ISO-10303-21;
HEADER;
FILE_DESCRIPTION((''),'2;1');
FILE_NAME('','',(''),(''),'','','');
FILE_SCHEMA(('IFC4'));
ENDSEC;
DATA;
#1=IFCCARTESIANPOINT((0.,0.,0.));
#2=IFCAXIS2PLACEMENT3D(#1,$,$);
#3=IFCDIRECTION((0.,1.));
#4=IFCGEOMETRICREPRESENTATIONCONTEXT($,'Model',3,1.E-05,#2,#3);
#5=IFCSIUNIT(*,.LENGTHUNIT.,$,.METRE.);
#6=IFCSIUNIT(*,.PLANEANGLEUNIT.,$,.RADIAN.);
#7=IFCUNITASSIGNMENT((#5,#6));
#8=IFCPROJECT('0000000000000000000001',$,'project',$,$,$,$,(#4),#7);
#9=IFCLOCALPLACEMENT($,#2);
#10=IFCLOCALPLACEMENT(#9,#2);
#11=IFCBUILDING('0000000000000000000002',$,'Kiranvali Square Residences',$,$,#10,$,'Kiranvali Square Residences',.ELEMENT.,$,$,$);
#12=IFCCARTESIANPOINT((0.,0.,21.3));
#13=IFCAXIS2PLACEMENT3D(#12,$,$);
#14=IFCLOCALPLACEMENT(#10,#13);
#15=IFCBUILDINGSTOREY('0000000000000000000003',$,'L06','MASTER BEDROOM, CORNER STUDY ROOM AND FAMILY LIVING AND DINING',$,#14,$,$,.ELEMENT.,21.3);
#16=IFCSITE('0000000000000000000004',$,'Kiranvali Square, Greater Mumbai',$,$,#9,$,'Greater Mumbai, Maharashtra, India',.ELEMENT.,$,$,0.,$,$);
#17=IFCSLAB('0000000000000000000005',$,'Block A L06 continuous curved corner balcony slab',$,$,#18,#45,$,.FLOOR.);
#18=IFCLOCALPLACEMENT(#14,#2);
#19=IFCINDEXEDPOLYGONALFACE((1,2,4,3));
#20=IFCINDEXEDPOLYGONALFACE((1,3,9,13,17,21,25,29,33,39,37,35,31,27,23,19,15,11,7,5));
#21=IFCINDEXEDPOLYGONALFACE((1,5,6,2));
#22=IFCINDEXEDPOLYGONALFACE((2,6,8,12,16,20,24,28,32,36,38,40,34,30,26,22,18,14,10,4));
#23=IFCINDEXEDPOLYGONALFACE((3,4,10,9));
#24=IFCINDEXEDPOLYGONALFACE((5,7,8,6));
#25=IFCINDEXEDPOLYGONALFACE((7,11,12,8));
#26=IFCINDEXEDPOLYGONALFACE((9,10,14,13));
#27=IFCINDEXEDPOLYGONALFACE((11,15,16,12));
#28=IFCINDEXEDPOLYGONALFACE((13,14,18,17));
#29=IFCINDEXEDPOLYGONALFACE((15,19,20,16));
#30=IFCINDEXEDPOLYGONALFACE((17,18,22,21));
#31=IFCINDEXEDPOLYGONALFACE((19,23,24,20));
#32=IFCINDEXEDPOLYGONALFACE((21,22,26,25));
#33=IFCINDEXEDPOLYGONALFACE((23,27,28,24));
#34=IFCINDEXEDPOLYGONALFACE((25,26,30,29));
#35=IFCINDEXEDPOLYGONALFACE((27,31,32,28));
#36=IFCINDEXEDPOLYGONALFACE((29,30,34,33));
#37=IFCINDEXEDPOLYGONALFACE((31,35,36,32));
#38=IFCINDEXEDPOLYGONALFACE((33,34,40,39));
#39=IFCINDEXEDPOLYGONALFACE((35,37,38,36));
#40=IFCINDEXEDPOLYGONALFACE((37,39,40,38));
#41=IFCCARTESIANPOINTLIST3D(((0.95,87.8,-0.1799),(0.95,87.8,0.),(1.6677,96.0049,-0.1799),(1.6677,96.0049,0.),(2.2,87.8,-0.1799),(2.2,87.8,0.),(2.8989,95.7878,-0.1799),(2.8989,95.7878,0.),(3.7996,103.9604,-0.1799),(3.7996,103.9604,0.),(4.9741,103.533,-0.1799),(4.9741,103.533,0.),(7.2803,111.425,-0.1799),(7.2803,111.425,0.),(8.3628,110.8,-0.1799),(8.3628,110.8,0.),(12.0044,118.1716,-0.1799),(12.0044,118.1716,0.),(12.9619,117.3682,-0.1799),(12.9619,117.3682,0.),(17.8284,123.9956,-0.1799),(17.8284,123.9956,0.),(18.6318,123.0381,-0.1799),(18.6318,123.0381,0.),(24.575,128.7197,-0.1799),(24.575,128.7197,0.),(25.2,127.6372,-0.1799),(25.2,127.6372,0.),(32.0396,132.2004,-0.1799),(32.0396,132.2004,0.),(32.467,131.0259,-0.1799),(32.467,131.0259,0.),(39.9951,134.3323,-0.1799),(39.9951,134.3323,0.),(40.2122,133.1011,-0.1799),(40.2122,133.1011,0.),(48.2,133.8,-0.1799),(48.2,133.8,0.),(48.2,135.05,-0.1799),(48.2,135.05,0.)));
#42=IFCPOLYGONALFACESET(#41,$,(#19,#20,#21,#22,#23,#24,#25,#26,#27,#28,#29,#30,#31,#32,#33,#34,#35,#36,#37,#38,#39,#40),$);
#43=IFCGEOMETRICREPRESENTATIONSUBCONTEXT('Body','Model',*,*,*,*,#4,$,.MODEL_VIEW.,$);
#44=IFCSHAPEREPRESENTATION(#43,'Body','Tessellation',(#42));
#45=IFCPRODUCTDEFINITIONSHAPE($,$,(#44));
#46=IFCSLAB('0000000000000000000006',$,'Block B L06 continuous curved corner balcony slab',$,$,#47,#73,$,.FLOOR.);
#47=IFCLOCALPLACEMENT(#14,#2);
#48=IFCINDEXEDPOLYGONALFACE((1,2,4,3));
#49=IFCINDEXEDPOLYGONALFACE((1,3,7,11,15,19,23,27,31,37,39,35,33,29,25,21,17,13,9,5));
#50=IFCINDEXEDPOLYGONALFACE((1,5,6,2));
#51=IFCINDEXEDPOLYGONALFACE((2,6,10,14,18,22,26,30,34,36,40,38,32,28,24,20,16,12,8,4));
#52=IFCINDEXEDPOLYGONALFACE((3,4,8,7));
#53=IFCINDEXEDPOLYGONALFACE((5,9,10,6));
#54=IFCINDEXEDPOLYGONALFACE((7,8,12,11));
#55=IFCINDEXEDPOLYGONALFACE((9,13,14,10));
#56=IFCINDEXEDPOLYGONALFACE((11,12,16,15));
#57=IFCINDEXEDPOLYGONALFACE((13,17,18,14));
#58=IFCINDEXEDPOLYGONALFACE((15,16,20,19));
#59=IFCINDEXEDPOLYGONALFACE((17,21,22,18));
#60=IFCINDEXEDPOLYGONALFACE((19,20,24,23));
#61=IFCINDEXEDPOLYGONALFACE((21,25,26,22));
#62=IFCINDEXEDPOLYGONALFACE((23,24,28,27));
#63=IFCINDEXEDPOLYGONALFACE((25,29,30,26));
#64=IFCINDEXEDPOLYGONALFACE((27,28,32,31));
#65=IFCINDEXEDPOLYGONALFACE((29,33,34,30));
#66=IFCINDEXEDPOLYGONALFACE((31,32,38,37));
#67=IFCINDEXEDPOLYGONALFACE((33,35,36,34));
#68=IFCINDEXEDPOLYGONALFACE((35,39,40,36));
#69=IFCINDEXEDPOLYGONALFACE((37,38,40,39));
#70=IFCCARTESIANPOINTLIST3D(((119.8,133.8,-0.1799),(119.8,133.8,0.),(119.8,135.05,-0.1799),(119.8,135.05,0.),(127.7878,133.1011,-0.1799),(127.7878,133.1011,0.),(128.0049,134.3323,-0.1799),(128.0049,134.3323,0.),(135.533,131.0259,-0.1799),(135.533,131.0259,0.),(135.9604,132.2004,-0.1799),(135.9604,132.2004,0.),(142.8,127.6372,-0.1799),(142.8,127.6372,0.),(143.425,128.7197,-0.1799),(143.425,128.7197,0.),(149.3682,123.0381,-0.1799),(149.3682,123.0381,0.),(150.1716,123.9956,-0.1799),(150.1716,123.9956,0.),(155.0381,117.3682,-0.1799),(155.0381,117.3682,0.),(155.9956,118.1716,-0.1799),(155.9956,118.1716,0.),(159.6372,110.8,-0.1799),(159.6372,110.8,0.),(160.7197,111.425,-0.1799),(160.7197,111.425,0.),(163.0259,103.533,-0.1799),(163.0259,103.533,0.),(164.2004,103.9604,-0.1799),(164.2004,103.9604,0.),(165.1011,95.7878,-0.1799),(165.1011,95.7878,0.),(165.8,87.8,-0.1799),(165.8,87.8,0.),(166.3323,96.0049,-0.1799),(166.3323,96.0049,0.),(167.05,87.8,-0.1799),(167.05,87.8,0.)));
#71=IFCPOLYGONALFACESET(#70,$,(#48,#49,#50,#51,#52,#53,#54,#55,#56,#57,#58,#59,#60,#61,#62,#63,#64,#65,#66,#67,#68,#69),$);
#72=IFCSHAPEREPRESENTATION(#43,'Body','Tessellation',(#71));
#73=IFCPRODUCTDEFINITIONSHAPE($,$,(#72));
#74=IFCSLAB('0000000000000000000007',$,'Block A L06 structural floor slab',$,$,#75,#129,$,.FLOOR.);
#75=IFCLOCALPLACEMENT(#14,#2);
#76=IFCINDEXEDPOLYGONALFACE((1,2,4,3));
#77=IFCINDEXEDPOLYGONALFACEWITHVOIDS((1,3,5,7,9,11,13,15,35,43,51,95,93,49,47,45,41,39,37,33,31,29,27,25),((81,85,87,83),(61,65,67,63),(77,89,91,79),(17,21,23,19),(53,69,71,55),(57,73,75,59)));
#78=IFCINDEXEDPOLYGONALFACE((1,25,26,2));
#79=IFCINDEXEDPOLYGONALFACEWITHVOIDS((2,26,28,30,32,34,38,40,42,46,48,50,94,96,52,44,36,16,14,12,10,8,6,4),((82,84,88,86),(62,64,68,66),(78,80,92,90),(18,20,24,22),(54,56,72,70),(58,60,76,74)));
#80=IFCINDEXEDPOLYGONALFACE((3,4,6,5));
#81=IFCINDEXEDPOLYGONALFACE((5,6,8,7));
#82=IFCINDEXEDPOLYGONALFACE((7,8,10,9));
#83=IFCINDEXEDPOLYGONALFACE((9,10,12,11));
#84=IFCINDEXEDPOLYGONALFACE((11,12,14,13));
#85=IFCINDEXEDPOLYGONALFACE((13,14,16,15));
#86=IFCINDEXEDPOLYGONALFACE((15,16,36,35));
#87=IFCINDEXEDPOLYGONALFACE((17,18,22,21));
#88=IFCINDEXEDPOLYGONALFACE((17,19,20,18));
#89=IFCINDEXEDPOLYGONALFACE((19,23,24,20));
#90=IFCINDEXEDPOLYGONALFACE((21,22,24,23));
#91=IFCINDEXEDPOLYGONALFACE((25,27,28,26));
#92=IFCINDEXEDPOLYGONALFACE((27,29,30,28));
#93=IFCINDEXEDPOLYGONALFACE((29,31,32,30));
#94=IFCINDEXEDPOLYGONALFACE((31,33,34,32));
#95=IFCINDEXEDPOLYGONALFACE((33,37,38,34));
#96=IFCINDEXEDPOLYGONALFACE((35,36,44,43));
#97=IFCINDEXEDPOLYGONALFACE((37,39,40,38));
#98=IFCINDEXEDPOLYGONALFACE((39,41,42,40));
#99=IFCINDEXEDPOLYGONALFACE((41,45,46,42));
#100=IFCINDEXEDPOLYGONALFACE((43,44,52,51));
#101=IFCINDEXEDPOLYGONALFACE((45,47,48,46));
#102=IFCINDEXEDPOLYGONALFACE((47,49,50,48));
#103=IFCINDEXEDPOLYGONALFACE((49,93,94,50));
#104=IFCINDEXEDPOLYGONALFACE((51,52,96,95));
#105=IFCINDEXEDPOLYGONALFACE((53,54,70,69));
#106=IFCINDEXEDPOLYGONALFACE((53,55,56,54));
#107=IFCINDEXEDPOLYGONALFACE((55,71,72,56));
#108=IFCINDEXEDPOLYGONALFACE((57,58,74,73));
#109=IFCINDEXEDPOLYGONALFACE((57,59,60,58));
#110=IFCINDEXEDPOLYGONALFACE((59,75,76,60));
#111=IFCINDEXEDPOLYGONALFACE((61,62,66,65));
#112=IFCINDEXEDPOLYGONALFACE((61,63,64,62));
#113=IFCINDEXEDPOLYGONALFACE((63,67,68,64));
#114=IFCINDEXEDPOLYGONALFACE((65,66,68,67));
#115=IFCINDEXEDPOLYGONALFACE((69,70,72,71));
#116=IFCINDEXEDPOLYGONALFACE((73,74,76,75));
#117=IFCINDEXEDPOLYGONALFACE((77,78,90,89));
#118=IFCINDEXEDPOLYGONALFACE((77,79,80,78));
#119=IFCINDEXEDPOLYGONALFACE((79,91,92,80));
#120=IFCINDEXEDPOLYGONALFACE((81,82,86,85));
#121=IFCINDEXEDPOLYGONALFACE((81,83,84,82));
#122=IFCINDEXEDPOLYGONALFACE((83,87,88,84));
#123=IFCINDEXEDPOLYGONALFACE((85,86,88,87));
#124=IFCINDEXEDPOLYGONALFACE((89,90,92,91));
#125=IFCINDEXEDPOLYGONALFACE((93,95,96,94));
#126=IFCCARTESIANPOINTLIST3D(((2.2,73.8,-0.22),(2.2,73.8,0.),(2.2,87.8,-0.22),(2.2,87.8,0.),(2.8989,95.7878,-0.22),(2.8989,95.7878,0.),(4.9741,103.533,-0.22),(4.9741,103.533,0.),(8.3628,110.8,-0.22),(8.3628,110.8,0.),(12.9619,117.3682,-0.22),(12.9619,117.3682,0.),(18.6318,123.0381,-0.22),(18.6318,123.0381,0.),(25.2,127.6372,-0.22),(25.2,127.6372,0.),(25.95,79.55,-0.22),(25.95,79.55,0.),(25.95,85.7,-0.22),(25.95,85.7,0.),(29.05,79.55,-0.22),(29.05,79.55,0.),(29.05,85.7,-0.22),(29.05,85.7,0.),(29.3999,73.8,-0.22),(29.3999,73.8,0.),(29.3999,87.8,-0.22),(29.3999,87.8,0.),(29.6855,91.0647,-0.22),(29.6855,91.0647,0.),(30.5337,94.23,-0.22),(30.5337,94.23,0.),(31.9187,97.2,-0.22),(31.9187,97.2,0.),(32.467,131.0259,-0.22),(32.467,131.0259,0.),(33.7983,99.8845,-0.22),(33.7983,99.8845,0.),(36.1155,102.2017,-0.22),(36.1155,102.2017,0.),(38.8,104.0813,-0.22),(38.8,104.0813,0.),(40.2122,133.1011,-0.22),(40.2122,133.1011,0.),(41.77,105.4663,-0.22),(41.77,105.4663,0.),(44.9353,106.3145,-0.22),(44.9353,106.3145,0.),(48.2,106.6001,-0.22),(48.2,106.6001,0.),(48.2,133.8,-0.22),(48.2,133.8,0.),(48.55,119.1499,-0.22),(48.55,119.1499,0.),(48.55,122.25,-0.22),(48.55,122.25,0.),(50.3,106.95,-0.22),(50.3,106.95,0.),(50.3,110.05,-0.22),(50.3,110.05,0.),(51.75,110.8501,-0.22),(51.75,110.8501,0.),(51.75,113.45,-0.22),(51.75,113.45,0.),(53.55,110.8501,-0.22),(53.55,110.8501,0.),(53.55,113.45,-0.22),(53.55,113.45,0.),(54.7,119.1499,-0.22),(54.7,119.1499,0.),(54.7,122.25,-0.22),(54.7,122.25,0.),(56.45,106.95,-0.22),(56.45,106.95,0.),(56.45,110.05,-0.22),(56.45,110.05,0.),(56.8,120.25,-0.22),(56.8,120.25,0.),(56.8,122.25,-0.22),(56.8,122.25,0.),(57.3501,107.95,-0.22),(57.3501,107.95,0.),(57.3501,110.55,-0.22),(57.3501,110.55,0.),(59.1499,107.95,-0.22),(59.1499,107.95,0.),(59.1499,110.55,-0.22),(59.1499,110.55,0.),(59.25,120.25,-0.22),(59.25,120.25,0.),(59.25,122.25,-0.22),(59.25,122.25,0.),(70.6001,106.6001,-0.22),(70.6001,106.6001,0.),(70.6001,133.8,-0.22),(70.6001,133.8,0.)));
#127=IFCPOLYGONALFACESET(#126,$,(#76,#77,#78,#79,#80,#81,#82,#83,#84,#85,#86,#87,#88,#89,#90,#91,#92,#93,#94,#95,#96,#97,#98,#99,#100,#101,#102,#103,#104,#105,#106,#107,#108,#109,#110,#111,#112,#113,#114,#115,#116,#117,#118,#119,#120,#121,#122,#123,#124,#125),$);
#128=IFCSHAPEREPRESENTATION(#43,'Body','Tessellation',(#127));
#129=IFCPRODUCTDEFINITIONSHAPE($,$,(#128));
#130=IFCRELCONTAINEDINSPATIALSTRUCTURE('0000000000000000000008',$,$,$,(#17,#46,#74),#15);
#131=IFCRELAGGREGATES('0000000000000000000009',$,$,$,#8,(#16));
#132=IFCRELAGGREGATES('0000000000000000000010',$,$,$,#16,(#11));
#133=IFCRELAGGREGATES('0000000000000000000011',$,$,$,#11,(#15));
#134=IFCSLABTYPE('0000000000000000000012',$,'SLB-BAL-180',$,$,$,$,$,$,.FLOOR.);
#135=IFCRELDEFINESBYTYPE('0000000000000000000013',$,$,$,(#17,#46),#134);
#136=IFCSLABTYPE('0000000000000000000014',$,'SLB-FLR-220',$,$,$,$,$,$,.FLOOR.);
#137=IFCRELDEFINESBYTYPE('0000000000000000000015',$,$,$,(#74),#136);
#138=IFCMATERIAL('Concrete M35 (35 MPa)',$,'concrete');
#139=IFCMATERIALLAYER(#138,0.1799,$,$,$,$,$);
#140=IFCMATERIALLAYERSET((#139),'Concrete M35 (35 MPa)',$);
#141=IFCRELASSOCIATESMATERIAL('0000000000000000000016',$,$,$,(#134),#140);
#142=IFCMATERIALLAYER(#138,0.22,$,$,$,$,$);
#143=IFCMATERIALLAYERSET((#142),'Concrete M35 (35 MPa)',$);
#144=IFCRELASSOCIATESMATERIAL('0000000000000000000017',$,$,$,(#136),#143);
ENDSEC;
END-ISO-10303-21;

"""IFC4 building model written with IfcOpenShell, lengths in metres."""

from ifc_helpers import new_model, si_unit, direction, frame, origin, place, context, subcontext, project, spatial, polyline, outline, extrude, material, layer, layer_set, type_object, element, save


model = new_model("IFC4")

# Units and contexts
model_context = context("Model", 3, precision=1e-05, world=origin(), true_north=direction((0.0, 1.0)))
body_context = subcontext(model_context, "Body", "Model", "MODEL_VIEW")
ifc_project = project(units=[si_unit("LENGTHUNIT", "METRE"), si_unit("PLANEANGLEUNIT", "RADIAN")], contexts=[model_context])

# Site, building, storey
site_placement = place(None, origin())
site = spatial("IfcSite", under=ifc_project, at=site_placement, Name="Kiranvali Square, Greater Mumbai", LongName="Greater Mumbai, Maharashtra, India", CompositionType="ELEMENT", RefElevation=0.0)
building_placement = place(site_placement, origin())
building = spatial("IfcBuilding", under=site, at=building_placement, Name="Kiranvali Square Residences", LongName="Kiranvali Square Residences", CompositionType="ELEMENT")
storey_placement = place(building_placement, frame((0.0, 0.0, 21.3)))
storey = spatial("IfcBuildingStorey", under=building, at=storey_placement, Name="L06", Description="MASTER BEDROOM, CORNER STUDY ROOM AND FAMILY LIVING AND DINING", CompositionType="ELEMENT", Elevation=21.3)

# Slabs
ifc_material_1 = material(Name="Concrete M35 (35 MPa)", Category="concrete")
ifc_layer_1 = layer(ifc_material_1, 0.1799)
ifc_layer_set_1 = layer_set([ifc_layer_1], Name="Concrete M35 (35 MPa)")
slab_type_1 = type_object("IfcSlabType", Name="SLB-BAL-180", PredefinedType="FLOOR", material=ifc_layer_set_1)
slab_1_placement = place(storey_placement, frame((0.0, 0.0, -0.1799)))
element("IfcSlab", 1, at=slab_1_placement, inside=storey, type_object=slab_type_1, Name="Block A L06 continuous curved corner balcony slab", PredefinedType="FLOOR", context=body_context, shape_type="SweptSolid", body=[
    extrude(outline(polyline([(48.2, 135.05), (39.9951, 134.3323), (32.0396, 132.2004), (24.575, 128.7197), (17.8284, 123.9956), (12.0044, 118.1716), (7.2803, 111.425), (3.7996, 103.9604), (1.6677, 96.0049), (0.95, 87.8), (2.2, 87.8), (2.8989, 95.7878), (4.9741, 103.533), (8.3628, 110.8), (12.9619, 117.3682), (18.6318, 123.0381), (25.2, 127.6372), (32.467, 131.0259), (40.2122, 133.1011), (48.2, 133.8), (48.2, 135.05)])), origin(), (0.0, 0.0, 1.0), 0.1799),
])
slab_2_placement = place(storey_placement, frame((0.0, 0.0, -0.1799)))
element("IfcSlab", 2, at=slab_2_placement, inside=storey, type_object=slab_type_1, Name="Block B L06 continuous curved corner balcony slab", PredefinedType="FLOOR", context=body_context, shape_type="SweptSolid", body=[
    extrude(outline(polyline([(119.8, 133.8), (127.7878, 133.1011), (135.533, 131.0259), (142.8, 127.6372), (149.3682, 123.0381), (155.0381, 117.3682), (159.6372, 110.8), (163.0259, 103.533), (165.1011, 95.7878), (165.8, 87.8), (167.05, 87.8), (166.3323, 96.0049), (164.2004, 103.9604), (160.7197, 111.425), (155.9956, 118.1716), (150.1716, 123.9956), (143.425, 128.7197), (135.9604, 132.2004), (128.0049, 134.3323), (119.8, 135.05), (119.8, 133.8)])), origin(), (0.0, 0.0, 1.0), 0.1799),
])
ifc_layer_2 = layer(ifc_material_1, 0.22)
ifc_layer_set_2 = layer_set([ifc_layer_2], Name="Concrete M35 (35 MPa)")
slab_type_2 = type_object("IfcSlabType", Name="SLB-FLR-220", PredefinedType="FLOOR", material=ifc_layer_set_2)
slab_3_placement = place(storey_placement, frame((0.0, 0.0, -0.22)))
element("IfcSlab", 3, at=slab_3_placement, inside=storey, type_object=slab_type_2, Name="Block A L06 structural floor slab", PredefinedType="FLOOR", context=body_context, shape_type="SweptSolid", body=[
    extrude(outline(polyline([(70.6001, 106.6001), (70.6001, 133.8), (48.2, 133.8), (40.2122, 133.1011), (32.467, 131.0259), (25.2, 127.6372), (18.6318, 123.0381), (12.9619, 117.3682), (8.3628, 110.8), (4.9741, 103.533), (2.8989, 95.7878), (2.2, 87.8), (2.2, 73.8), (29.3999, 73.8), (29.3999, 87.8), (29.6855, 91.0647), (30.5337, 94.23), (31.9187, 97.2), (33.7983, 99.8845), (36.1155, 102.2017), (38.8, 104.0813), (41.77, 105.4663), (44.9353, 106.3145), (48.2, 106.6001), (70.6001, 106.6001)]), holes=[polyline([(56.8, 120.25), (59.25, 120.25), (59.25, 122.25), (56.8, 122.25), (56.8, 120.25)]), polyline([(57.3501, 107.95), (59.1499, 107.95), (59.1499, 110.55), (57.3501, 110.55), (57.3501, 107.95)]), polyline([(51.75, 110.8501), (53.55, 110.8501), (53.55, 113.45), (51.75, 113.45), (51.75, 110.8501)]), polyline([(54.7, 122.25), (48.55, 122.25), (48.55, 119.1499), (54.7, 119.1499), (54.7, 122.25)]), polyline([(50.3, 106.95), (56.45, 106.95), (56.45, 110.05), (50.3, 110.05), (50.3, 106.95)]), polyline([(25.95, 85.7), (25.95, 79.55), (29.05, 79.55), (29.05, 85.7), (25.95, 85.7)])]), origin(), (0.0, 0.0, 1.0), 0.22),
])

save(model, "model.ifc")
